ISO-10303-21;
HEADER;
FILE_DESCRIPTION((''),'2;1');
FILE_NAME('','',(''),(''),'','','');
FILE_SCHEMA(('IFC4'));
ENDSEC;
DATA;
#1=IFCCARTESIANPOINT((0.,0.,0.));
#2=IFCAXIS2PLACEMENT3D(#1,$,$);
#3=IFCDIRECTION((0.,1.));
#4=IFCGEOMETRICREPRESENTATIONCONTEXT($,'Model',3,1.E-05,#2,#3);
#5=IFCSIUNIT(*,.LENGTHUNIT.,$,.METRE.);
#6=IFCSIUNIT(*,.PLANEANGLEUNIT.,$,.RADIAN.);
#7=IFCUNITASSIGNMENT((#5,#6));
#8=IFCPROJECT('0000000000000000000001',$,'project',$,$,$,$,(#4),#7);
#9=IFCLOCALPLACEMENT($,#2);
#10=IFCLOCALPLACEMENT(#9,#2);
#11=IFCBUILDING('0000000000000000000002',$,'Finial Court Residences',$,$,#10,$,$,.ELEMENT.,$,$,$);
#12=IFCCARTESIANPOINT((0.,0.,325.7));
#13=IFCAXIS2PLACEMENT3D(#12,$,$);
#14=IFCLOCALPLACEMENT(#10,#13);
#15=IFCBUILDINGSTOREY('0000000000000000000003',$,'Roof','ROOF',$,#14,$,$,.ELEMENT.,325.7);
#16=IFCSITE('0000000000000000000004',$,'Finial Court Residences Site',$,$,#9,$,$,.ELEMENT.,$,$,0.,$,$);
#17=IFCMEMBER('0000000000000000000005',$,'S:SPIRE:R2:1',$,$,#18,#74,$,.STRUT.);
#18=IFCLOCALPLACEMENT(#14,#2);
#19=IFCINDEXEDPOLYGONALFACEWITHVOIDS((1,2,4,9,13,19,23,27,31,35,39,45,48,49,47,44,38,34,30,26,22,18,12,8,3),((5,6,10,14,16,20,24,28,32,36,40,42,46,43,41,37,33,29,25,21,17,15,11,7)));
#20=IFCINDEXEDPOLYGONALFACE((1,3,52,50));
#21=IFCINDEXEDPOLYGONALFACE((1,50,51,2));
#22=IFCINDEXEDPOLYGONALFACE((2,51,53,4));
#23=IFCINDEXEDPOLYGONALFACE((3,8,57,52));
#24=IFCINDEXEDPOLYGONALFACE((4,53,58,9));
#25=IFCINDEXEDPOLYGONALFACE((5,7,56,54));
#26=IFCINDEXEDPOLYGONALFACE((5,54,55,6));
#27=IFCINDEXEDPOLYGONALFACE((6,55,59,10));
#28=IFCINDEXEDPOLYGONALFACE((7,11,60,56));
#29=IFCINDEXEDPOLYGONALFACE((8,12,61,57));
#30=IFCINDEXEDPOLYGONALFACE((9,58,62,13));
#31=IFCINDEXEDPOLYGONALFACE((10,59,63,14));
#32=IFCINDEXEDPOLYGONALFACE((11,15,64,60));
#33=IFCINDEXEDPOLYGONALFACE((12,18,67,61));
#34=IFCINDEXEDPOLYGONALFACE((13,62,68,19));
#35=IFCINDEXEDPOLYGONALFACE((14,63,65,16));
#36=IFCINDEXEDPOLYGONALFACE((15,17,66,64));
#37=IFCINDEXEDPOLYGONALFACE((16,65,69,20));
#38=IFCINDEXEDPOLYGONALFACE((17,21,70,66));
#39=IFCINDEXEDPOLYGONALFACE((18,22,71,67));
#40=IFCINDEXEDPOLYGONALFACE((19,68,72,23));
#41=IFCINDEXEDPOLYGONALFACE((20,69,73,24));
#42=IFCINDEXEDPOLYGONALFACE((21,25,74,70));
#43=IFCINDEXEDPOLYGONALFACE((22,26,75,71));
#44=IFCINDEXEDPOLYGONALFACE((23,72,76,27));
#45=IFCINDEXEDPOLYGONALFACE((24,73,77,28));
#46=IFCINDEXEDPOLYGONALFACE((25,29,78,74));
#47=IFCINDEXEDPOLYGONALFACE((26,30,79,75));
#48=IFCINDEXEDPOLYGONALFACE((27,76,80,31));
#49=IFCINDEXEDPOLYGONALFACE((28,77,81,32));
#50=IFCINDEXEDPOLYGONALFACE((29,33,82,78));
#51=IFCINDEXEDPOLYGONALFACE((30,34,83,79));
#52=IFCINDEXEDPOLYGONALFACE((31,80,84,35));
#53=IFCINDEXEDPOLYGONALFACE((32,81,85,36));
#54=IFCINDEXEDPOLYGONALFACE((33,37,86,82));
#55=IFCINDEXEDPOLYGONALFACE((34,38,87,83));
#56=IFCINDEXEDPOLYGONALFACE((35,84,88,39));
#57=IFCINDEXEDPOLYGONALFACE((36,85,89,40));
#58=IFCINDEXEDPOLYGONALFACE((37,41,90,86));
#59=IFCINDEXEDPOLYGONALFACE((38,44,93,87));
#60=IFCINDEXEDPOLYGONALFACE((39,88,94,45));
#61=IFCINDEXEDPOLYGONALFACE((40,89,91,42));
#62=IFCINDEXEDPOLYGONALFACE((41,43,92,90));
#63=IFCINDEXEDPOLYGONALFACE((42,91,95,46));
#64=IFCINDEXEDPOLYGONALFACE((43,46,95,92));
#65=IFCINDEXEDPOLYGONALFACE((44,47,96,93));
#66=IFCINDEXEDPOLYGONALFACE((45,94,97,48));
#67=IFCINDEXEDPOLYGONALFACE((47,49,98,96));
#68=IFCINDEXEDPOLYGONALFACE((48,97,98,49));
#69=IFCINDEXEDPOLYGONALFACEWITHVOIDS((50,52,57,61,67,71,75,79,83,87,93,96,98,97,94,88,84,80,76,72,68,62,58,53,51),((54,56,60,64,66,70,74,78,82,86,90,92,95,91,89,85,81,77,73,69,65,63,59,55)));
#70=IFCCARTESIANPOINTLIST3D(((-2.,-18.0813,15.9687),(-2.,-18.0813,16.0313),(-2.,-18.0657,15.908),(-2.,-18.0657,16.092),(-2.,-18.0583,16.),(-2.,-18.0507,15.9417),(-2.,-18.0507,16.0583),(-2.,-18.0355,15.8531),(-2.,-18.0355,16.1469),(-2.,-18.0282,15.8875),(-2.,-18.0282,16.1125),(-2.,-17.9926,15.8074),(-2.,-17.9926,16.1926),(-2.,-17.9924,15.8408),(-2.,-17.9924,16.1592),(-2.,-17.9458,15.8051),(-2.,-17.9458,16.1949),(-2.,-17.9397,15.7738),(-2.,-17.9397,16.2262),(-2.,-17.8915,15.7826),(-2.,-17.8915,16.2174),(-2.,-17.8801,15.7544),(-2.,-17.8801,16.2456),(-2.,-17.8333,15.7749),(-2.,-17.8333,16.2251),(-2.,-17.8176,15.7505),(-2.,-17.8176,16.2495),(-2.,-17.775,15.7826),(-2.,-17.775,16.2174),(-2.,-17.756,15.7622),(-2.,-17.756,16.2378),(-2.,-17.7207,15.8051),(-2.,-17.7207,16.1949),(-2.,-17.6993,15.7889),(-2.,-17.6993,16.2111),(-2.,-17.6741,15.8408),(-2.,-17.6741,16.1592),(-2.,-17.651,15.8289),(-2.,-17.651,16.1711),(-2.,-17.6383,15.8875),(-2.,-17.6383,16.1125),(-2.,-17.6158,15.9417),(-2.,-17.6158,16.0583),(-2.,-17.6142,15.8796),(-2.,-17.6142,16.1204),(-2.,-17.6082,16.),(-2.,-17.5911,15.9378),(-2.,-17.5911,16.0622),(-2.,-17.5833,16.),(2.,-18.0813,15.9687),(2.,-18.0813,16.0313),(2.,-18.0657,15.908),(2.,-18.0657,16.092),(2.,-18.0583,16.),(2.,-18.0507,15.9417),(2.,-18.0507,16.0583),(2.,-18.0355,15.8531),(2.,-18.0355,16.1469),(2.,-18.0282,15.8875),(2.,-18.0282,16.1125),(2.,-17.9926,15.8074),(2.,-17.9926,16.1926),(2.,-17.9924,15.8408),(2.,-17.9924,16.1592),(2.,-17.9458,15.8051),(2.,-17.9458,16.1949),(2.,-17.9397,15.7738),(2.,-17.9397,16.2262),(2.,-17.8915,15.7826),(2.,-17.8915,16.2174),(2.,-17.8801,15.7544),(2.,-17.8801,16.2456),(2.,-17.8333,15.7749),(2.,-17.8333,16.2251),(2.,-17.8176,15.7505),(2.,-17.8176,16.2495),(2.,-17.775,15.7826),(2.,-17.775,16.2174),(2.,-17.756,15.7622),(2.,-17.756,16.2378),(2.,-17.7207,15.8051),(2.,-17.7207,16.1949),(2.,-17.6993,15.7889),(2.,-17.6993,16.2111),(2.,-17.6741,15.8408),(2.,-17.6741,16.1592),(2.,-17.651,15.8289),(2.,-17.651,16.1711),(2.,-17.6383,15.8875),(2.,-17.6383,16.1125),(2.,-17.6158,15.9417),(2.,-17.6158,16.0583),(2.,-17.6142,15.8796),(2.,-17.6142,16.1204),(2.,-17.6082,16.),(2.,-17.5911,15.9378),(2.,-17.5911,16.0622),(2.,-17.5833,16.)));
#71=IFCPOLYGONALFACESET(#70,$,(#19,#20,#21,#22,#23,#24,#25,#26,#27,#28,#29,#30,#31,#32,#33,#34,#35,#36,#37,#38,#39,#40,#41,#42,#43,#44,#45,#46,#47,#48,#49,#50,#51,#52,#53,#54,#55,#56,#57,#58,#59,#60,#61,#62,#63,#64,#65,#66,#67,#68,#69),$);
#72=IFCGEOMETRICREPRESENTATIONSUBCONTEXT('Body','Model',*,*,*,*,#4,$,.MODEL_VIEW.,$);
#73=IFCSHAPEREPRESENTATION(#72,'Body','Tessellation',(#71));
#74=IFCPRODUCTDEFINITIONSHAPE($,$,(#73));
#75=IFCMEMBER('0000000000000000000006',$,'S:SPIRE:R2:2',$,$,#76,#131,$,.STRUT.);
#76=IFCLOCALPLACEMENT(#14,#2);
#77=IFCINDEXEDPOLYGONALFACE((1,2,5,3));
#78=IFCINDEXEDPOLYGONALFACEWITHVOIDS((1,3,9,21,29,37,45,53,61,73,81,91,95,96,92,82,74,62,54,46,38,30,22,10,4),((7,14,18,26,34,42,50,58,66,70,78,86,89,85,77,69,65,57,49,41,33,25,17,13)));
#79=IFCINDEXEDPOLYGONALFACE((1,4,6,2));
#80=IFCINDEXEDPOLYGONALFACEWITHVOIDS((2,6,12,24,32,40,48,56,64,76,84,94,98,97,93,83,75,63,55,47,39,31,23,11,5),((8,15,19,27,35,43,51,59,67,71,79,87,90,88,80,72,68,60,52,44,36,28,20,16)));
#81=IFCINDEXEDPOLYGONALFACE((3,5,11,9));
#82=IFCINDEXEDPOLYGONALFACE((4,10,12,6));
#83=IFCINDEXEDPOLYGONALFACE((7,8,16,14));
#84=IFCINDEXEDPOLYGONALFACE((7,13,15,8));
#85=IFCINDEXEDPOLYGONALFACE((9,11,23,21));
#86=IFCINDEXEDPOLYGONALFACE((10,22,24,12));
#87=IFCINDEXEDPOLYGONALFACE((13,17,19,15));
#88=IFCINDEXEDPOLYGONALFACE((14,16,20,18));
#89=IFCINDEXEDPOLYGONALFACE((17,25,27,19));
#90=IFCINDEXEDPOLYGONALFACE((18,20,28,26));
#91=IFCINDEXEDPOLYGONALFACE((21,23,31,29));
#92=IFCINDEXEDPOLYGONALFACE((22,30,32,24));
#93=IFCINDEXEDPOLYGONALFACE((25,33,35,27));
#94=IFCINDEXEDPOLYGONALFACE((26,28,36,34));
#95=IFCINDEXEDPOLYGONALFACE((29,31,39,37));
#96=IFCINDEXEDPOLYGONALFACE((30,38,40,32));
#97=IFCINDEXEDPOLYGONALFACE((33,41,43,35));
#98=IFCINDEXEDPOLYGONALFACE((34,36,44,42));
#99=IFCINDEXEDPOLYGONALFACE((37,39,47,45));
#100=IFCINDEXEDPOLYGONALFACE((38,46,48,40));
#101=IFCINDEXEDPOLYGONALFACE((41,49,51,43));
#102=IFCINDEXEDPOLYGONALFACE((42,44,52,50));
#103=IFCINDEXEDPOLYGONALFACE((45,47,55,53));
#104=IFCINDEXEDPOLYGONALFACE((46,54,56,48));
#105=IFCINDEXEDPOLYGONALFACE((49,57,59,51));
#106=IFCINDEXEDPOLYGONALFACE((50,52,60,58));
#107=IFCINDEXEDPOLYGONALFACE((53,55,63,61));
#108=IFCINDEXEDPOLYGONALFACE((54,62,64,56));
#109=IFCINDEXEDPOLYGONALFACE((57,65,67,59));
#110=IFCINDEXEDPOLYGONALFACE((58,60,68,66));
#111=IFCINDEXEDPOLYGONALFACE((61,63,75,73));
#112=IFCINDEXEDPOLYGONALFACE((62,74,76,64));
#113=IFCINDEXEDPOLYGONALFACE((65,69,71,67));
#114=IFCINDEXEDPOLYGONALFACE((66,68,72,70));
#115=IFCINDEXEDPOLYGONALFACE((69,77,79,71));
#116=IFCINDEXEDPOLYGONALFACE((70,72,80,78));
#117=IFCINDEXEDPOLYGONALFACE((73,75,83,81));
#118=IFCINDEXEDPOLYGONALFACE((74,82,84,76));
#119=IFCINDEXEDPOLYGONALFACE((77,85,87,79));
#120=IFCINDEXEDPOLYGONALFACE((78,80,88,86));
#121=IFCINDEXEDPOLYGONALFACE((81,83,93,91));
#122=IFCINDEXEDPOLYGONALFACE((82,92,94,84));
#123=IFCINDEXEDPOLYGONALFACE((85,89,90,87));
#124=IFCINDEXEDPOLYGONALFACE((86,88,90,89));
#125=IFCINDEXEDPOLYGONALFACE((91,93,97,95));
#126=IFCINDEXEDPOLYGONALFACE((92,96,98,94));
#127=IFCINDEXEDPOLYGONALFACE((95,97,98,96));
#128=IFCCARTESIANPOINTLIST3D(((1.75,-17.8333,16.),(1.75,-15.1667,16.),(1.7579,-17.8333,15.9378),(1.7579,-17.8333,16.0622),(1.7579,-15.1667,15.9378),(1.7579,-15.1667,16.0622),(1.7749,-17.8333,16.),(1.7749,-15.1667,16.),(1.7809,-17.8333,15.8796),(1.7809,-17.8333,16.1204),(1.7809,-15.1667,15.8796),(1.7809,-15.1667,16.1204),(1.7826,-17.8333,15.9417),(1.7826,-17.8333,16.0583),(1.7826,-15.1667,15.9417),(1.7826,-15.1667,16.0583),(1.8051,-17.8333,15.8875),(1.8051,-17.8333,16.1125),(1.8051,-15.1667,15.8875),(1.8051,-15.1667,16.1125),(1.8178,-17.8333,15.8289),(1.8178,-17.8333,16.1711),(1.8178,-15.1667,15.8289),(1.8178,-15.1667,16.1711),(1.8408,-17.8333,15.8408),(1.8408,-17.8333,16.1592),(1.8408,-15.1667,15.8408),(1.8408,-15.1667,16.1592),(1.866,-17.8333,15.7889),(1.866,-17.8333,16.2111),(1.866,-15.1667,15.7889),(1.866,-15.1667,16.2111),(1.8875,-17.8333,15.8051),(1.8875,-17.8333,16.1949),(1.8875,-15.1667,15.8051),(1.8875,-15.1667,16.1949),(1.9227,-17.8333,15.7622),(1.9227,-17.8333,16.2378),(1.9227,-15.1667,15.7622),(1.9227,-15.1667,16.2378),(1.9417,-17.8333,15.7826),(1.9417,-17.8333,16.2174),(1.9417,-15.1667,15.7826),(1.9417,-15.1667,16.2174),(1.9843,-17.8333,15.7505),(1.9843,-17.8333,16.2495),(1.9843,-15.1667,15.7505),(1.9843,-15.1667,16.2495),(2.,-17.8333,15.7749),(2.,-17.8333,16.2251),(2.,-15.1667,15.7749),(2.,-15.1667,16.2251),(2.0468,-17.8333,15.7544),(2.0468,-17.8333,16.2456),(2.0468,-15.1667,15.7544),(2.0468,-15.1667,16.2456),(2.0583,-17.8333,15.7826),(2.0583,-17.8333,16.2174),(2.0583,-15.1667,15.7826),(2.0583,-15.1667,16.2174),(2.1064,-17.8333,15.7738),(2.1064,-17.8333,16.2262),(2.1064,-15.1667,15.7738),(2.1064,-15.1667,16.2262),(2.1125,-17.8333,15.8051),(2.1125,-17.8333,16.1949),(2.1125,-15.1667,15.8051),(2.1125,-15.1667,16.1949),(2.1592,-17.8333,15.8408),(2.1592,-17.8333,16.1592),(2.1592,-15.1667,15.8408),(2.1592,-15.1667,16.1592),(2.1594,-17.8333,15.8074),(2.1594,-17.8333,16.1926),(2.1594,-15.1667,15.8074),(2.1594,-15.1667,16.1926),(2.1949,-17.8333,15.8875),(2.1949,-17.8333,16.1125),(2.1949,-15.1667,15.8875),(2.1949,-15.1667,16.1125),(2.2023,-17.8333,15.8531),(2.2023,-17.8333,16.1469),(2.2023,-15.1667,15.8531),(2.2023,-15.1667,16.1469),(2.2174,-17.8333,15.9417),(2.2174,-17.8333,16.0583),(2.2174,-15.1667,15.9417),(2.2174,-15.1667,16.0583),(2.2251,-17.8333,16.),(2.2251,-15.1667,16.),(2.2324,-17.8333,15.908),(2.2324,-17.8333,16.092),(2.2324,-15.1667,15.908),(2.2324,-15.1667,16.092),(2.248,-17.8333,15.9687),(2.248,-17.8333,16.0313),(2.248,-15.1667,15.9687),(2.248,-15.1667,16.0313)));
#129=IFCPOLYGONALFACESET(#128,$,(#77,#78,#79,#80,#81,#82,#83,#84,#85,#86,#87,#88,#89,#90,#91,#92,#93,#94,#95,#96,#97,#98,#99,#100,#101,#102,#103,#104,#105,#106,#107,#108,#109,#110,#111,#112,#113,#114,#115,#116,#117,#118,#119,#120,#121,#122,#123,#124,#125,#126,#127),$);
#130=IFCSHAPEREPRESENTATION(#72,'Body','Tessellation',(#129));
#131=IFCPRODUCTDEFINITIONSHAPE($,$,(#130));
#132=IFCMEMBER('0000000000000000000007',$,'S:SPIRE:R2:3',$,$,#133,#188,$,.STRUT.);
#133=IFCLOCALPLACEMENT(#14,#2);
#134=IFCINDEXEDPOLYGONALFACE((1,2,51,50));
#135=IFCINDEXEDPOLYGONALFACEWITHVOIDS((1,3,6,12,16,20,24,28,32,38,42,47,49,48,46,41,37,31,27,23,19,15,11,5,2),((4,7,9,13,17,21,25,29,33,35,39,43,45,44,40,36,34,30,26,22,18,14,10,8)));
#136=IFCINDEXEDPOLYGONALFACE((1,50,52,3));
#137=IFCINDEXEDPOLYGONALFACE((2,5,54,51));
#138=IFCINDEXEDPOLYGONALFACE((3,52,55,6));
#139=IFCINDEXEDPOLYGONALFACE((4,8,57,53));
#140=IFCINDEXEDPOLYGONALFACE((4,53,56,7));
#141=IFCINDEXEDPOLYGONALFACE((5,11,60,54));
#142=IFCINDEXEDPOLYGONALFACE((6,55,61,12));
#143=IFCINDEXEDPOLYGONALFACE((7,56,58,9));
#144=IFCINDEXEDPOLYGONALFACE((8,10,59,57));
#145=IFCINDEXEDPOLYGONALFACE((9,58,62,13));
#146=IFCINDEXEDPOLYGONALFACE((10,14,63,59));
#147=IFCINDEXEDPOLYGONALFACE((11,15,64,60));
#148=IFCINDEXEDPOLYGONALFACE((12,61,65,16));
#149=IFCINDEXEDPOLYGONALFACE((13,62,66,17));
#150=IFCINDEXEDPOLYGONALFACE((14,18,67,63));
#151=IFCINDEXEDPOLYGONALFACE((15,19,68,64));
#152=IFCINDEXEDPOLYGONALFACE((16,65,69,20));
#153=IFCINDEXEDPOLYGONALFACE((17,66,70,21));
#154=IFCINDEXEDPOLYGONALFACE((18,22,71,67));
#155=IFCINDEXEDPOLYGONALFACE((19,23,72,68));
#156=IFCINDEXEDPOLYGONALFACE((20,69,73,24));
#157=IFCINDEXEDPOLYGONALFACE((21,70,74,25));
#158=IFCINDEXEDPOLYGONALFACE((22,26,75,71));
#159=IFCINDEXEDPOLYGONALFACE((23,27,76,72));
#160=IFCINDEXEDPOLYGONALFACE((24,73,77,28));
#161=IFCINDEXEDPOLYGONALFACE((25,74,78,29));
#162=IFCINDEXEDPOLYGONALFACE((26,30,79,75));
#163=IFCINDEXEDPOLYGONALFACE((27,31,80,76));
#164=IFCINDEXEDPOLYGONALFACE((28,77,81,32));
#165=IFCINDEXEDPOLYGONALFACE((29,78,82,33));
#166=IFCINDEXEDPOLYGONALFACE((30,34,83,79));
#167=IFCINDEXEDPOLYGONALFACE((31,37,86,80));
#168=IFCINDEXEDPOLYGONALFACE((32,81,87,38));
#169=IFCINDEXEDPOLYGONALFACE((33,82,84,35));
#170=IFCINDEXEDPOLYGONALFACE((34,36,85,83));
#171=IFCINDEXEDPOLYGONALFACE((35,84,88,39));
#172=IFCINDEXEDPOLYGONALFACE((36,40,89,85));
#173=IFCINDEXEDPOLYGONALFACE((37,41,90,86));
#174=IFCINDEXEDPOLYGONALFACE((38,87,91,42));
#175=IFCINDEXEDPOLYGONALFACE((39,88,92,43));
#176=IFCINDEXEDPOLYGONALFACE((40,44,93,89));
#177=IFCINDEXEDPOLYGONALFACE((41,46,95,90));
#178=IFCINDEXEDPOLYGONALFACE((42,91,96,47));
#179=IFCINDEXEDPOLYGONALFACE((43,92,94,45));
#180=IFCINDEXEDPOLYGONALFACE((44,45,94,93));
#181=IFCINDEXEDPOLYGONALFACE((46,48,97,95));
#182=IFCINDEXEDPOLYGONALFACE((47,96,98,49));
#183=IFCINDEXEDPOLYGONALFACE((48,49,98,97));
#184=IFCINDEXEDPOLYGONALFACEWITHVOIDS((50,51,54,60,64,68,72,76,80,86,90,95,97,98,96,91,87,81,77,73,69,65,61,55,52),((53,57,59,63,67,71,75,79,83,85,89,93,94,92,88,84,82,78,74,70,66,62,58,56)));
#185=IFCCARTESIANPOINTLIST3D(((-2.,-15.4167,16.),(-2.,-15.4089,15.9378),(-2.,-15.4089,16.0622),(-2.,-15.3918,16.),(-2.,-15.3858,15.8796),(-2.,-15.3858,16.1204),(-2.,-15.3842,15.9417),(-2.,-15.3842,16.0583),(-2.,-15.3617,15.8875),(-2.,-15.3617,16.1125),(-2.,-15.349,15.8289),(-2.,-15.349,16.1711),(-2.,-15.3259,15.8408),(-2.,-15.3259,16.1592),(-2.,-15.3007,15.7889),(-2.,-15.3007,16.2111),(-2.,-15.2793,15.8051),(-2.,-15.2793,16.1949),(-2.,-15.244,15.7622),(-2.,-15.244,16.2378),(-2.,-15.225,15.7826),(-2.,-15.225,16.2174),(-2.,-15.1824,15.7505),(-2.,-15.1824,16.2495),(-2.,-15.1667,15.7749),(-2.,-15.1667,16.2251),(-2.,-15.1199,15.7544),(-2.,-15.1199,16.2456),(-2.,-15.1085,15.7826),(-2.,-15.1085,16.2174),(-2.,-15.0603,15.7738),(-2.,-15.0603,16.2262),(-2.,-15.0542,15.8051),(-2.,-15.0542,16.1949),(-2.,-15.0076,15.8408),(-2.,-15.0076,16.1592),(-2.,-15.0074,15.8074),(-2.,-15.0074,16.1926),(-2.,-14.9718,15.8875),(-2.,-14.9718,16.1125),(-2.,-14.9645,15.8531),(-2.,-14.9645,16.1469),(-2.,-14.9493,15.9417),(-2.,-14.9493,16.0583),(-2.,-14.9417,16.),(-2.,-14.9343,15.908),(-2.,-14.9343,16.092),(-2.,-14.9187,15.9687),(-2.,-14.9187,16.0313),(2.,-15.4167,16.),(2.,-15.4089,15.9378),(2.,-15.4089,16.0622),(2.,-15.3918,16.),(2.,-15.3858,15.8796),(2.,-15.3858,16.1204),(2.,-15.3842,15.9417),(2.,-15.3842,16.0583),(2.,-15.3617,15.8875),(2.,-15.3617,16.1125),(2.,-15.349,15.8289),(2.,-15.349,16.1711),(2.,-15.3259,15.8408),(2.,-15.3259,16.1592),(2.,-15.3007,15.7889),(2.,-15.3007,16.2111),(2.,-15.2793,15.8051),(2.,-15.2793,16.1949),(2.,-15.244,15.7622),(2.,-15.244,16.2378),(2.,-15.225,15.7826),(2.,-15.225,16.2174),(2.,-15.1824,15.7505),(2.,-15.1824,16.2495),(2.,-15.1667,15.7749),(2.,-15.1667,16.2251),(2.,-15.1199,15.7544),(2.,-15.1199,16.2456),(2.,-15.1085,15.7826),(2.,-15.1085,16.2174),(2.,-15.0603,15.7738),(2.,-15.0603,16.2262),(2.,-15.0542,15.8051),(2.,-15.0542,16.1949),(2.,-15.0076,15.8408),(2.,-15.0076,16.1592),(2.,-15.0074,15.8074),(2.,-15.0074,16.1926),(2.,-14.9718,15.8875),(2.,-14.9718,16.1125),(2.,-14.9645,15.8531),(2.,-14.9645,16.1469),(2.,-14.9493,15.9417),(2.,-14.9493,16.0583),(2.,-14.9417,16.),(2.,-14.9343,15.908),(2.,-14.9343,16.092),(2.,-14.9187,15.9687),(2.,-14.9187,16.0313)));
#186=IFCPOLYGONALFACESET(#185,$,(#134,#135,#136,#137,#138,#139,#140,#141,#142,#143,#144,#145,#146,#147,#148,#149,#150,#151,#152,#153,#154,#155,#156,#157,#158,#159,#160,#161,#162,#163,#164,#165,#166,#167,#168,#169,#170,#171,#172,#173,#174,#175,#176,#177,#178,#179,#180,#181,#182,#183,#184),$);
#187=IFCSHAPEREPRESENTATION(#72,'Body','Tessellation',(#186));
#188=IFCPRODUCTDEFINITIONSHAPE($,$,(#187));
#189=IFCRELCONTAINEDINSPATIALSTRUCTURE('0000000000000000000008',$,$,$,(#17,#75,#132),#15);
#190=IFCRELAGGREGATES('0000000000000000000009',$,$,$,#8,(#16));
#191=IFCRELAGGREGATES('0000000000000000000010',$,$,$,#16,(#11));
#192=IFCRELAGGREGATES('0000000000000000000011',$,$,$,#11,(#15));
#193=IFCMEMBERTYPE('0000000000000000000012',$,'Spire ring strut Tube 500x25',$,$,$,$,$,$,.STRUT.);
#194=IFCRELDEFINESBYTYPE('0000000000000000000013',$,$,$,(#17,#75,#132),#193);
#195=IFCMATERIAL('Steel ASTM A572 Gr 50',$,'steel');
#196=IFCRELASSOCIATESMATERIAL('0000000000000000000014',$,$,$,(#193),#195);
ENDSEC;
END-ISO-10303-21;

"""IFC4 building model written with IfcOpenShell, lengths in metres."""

from ifc_helpers import new_model, si_unit, direction, frame, origin, origin_2d, place, context, subcontext, project, spatial, hollow_circle, extrude, material, material_profile, profile_set, type_object, element, save


model = new_model("IFC4")

# Units and contexts
model_context = context("Model", 3, precision=1e-05, world=origin(), true_north=direction((0.0, 1.0)))
body_context = subcontext(model_context, "Body", "Model", "MODEL_VIEW")
ifc_project = project(units=[si_unit("LENGTHUNIT", "METRE"), si_unit("PLANEANGLEUNIT", "RADIAN")], contexts=[model_context])

# Site, building, storey
site_placement = place(None, origin())
site = spatial("IfcSite", under=ifc_project, at=site_placement, Name="Finial Court Residences Site", CompositionType="ELEMENT", RefElevation=0.0)
building_placement = place(site_placement, origin())
building = spatial("IfcBuilding", under=site, at=building_placement, Name="Finial Court Residences", CompositionType="ELEMENT")
storey_placement = place(building_placement, frame((0.0, 0.0, 325.7)))
storey = spatial("IfcBuildingStorey", under=building, at=storey_placement, Name="Roof", Description="ROOF", CompositionType="ELEMENT", Elevation=325.7)

# Members
ifc_material = material(Name="Steel ASTM A572 Gr 50", Category="steel")
ifc_material_profile_1 = material_profile(ifc_material, hollow_circle(Radius=0.25, WallThickness=0.0249, at=origin_2d()), Name="Tube 500x25")
ifc_profile_set_1 = profile_set([ifc_material_profile_1], Name="Steel ASTM A572 Gr 50")
member_type_1 = type_object("IfcMemberType", Name="Spire ring strut Tube 500x25", PredefinedType="STRUT", material=ifc_profile_set_1)
member_1_placement = place(storey_placement, frame((-2.0, -17.8333, 16.0), z_axis=(1.0, 0.0, 0.0), x_axis=(0.0, 1.0, 0.0)))
element("IfcMember", 1, at=member_1_placement, inside=storey, type_object=member_type_1, Name="S:SPIRE:R2:1", PredefinedType="STRUT", context=body_context, shape_type="SweptSolid", body=[
    extrude(hollow_circle(Radius=0.25, WallThickness=0.0249, at=origin_2d()), origin(), (0.0, 0.0, 1.0), 4.0),
])
member_2_placement = place(storey_placement, frame((2.0, -17.8333, 16.0), z_axis=(0.0, 1.0, 0.0), x_axis=(-1.0, 0.0, 0.0)))
element("IfcMember", 2, at=member_2_placement, inside=storey, type_object=member_type_1, Name="S:SPIRE:R2:2", PredefinedType="STRUT", context=body_context, shape_type="SweptSolid", body=[
    extrude(hollow_circle(Radius=0.25, WallThickness=0.0249, at=origin_2d()), origin(), (0.0, 0.0, 1.0), 2.6665),
])
member_3_placement = place(storey_placement, frame((2.0, -15.1667, 16.0), z_axis=(-1.0, 0.0, 0.0), x_axis=(0.0, -1.0, 0.0)))
element("IfcMember", 3, at=member_3_placement, inside=storey, type_object=member_type_1, Name="S:SPIRE:R2:3", PredefinedType="STRUT", context=body_context, shape_type="SweptSolid", body=[
    extrude(hollow_circle(Radius=0.25, WallThickness=0.0249, at=origin_2d()), origin(), (0.0, 0.0, 1.0), 4.0),
])

save(model, "model.ifc")
